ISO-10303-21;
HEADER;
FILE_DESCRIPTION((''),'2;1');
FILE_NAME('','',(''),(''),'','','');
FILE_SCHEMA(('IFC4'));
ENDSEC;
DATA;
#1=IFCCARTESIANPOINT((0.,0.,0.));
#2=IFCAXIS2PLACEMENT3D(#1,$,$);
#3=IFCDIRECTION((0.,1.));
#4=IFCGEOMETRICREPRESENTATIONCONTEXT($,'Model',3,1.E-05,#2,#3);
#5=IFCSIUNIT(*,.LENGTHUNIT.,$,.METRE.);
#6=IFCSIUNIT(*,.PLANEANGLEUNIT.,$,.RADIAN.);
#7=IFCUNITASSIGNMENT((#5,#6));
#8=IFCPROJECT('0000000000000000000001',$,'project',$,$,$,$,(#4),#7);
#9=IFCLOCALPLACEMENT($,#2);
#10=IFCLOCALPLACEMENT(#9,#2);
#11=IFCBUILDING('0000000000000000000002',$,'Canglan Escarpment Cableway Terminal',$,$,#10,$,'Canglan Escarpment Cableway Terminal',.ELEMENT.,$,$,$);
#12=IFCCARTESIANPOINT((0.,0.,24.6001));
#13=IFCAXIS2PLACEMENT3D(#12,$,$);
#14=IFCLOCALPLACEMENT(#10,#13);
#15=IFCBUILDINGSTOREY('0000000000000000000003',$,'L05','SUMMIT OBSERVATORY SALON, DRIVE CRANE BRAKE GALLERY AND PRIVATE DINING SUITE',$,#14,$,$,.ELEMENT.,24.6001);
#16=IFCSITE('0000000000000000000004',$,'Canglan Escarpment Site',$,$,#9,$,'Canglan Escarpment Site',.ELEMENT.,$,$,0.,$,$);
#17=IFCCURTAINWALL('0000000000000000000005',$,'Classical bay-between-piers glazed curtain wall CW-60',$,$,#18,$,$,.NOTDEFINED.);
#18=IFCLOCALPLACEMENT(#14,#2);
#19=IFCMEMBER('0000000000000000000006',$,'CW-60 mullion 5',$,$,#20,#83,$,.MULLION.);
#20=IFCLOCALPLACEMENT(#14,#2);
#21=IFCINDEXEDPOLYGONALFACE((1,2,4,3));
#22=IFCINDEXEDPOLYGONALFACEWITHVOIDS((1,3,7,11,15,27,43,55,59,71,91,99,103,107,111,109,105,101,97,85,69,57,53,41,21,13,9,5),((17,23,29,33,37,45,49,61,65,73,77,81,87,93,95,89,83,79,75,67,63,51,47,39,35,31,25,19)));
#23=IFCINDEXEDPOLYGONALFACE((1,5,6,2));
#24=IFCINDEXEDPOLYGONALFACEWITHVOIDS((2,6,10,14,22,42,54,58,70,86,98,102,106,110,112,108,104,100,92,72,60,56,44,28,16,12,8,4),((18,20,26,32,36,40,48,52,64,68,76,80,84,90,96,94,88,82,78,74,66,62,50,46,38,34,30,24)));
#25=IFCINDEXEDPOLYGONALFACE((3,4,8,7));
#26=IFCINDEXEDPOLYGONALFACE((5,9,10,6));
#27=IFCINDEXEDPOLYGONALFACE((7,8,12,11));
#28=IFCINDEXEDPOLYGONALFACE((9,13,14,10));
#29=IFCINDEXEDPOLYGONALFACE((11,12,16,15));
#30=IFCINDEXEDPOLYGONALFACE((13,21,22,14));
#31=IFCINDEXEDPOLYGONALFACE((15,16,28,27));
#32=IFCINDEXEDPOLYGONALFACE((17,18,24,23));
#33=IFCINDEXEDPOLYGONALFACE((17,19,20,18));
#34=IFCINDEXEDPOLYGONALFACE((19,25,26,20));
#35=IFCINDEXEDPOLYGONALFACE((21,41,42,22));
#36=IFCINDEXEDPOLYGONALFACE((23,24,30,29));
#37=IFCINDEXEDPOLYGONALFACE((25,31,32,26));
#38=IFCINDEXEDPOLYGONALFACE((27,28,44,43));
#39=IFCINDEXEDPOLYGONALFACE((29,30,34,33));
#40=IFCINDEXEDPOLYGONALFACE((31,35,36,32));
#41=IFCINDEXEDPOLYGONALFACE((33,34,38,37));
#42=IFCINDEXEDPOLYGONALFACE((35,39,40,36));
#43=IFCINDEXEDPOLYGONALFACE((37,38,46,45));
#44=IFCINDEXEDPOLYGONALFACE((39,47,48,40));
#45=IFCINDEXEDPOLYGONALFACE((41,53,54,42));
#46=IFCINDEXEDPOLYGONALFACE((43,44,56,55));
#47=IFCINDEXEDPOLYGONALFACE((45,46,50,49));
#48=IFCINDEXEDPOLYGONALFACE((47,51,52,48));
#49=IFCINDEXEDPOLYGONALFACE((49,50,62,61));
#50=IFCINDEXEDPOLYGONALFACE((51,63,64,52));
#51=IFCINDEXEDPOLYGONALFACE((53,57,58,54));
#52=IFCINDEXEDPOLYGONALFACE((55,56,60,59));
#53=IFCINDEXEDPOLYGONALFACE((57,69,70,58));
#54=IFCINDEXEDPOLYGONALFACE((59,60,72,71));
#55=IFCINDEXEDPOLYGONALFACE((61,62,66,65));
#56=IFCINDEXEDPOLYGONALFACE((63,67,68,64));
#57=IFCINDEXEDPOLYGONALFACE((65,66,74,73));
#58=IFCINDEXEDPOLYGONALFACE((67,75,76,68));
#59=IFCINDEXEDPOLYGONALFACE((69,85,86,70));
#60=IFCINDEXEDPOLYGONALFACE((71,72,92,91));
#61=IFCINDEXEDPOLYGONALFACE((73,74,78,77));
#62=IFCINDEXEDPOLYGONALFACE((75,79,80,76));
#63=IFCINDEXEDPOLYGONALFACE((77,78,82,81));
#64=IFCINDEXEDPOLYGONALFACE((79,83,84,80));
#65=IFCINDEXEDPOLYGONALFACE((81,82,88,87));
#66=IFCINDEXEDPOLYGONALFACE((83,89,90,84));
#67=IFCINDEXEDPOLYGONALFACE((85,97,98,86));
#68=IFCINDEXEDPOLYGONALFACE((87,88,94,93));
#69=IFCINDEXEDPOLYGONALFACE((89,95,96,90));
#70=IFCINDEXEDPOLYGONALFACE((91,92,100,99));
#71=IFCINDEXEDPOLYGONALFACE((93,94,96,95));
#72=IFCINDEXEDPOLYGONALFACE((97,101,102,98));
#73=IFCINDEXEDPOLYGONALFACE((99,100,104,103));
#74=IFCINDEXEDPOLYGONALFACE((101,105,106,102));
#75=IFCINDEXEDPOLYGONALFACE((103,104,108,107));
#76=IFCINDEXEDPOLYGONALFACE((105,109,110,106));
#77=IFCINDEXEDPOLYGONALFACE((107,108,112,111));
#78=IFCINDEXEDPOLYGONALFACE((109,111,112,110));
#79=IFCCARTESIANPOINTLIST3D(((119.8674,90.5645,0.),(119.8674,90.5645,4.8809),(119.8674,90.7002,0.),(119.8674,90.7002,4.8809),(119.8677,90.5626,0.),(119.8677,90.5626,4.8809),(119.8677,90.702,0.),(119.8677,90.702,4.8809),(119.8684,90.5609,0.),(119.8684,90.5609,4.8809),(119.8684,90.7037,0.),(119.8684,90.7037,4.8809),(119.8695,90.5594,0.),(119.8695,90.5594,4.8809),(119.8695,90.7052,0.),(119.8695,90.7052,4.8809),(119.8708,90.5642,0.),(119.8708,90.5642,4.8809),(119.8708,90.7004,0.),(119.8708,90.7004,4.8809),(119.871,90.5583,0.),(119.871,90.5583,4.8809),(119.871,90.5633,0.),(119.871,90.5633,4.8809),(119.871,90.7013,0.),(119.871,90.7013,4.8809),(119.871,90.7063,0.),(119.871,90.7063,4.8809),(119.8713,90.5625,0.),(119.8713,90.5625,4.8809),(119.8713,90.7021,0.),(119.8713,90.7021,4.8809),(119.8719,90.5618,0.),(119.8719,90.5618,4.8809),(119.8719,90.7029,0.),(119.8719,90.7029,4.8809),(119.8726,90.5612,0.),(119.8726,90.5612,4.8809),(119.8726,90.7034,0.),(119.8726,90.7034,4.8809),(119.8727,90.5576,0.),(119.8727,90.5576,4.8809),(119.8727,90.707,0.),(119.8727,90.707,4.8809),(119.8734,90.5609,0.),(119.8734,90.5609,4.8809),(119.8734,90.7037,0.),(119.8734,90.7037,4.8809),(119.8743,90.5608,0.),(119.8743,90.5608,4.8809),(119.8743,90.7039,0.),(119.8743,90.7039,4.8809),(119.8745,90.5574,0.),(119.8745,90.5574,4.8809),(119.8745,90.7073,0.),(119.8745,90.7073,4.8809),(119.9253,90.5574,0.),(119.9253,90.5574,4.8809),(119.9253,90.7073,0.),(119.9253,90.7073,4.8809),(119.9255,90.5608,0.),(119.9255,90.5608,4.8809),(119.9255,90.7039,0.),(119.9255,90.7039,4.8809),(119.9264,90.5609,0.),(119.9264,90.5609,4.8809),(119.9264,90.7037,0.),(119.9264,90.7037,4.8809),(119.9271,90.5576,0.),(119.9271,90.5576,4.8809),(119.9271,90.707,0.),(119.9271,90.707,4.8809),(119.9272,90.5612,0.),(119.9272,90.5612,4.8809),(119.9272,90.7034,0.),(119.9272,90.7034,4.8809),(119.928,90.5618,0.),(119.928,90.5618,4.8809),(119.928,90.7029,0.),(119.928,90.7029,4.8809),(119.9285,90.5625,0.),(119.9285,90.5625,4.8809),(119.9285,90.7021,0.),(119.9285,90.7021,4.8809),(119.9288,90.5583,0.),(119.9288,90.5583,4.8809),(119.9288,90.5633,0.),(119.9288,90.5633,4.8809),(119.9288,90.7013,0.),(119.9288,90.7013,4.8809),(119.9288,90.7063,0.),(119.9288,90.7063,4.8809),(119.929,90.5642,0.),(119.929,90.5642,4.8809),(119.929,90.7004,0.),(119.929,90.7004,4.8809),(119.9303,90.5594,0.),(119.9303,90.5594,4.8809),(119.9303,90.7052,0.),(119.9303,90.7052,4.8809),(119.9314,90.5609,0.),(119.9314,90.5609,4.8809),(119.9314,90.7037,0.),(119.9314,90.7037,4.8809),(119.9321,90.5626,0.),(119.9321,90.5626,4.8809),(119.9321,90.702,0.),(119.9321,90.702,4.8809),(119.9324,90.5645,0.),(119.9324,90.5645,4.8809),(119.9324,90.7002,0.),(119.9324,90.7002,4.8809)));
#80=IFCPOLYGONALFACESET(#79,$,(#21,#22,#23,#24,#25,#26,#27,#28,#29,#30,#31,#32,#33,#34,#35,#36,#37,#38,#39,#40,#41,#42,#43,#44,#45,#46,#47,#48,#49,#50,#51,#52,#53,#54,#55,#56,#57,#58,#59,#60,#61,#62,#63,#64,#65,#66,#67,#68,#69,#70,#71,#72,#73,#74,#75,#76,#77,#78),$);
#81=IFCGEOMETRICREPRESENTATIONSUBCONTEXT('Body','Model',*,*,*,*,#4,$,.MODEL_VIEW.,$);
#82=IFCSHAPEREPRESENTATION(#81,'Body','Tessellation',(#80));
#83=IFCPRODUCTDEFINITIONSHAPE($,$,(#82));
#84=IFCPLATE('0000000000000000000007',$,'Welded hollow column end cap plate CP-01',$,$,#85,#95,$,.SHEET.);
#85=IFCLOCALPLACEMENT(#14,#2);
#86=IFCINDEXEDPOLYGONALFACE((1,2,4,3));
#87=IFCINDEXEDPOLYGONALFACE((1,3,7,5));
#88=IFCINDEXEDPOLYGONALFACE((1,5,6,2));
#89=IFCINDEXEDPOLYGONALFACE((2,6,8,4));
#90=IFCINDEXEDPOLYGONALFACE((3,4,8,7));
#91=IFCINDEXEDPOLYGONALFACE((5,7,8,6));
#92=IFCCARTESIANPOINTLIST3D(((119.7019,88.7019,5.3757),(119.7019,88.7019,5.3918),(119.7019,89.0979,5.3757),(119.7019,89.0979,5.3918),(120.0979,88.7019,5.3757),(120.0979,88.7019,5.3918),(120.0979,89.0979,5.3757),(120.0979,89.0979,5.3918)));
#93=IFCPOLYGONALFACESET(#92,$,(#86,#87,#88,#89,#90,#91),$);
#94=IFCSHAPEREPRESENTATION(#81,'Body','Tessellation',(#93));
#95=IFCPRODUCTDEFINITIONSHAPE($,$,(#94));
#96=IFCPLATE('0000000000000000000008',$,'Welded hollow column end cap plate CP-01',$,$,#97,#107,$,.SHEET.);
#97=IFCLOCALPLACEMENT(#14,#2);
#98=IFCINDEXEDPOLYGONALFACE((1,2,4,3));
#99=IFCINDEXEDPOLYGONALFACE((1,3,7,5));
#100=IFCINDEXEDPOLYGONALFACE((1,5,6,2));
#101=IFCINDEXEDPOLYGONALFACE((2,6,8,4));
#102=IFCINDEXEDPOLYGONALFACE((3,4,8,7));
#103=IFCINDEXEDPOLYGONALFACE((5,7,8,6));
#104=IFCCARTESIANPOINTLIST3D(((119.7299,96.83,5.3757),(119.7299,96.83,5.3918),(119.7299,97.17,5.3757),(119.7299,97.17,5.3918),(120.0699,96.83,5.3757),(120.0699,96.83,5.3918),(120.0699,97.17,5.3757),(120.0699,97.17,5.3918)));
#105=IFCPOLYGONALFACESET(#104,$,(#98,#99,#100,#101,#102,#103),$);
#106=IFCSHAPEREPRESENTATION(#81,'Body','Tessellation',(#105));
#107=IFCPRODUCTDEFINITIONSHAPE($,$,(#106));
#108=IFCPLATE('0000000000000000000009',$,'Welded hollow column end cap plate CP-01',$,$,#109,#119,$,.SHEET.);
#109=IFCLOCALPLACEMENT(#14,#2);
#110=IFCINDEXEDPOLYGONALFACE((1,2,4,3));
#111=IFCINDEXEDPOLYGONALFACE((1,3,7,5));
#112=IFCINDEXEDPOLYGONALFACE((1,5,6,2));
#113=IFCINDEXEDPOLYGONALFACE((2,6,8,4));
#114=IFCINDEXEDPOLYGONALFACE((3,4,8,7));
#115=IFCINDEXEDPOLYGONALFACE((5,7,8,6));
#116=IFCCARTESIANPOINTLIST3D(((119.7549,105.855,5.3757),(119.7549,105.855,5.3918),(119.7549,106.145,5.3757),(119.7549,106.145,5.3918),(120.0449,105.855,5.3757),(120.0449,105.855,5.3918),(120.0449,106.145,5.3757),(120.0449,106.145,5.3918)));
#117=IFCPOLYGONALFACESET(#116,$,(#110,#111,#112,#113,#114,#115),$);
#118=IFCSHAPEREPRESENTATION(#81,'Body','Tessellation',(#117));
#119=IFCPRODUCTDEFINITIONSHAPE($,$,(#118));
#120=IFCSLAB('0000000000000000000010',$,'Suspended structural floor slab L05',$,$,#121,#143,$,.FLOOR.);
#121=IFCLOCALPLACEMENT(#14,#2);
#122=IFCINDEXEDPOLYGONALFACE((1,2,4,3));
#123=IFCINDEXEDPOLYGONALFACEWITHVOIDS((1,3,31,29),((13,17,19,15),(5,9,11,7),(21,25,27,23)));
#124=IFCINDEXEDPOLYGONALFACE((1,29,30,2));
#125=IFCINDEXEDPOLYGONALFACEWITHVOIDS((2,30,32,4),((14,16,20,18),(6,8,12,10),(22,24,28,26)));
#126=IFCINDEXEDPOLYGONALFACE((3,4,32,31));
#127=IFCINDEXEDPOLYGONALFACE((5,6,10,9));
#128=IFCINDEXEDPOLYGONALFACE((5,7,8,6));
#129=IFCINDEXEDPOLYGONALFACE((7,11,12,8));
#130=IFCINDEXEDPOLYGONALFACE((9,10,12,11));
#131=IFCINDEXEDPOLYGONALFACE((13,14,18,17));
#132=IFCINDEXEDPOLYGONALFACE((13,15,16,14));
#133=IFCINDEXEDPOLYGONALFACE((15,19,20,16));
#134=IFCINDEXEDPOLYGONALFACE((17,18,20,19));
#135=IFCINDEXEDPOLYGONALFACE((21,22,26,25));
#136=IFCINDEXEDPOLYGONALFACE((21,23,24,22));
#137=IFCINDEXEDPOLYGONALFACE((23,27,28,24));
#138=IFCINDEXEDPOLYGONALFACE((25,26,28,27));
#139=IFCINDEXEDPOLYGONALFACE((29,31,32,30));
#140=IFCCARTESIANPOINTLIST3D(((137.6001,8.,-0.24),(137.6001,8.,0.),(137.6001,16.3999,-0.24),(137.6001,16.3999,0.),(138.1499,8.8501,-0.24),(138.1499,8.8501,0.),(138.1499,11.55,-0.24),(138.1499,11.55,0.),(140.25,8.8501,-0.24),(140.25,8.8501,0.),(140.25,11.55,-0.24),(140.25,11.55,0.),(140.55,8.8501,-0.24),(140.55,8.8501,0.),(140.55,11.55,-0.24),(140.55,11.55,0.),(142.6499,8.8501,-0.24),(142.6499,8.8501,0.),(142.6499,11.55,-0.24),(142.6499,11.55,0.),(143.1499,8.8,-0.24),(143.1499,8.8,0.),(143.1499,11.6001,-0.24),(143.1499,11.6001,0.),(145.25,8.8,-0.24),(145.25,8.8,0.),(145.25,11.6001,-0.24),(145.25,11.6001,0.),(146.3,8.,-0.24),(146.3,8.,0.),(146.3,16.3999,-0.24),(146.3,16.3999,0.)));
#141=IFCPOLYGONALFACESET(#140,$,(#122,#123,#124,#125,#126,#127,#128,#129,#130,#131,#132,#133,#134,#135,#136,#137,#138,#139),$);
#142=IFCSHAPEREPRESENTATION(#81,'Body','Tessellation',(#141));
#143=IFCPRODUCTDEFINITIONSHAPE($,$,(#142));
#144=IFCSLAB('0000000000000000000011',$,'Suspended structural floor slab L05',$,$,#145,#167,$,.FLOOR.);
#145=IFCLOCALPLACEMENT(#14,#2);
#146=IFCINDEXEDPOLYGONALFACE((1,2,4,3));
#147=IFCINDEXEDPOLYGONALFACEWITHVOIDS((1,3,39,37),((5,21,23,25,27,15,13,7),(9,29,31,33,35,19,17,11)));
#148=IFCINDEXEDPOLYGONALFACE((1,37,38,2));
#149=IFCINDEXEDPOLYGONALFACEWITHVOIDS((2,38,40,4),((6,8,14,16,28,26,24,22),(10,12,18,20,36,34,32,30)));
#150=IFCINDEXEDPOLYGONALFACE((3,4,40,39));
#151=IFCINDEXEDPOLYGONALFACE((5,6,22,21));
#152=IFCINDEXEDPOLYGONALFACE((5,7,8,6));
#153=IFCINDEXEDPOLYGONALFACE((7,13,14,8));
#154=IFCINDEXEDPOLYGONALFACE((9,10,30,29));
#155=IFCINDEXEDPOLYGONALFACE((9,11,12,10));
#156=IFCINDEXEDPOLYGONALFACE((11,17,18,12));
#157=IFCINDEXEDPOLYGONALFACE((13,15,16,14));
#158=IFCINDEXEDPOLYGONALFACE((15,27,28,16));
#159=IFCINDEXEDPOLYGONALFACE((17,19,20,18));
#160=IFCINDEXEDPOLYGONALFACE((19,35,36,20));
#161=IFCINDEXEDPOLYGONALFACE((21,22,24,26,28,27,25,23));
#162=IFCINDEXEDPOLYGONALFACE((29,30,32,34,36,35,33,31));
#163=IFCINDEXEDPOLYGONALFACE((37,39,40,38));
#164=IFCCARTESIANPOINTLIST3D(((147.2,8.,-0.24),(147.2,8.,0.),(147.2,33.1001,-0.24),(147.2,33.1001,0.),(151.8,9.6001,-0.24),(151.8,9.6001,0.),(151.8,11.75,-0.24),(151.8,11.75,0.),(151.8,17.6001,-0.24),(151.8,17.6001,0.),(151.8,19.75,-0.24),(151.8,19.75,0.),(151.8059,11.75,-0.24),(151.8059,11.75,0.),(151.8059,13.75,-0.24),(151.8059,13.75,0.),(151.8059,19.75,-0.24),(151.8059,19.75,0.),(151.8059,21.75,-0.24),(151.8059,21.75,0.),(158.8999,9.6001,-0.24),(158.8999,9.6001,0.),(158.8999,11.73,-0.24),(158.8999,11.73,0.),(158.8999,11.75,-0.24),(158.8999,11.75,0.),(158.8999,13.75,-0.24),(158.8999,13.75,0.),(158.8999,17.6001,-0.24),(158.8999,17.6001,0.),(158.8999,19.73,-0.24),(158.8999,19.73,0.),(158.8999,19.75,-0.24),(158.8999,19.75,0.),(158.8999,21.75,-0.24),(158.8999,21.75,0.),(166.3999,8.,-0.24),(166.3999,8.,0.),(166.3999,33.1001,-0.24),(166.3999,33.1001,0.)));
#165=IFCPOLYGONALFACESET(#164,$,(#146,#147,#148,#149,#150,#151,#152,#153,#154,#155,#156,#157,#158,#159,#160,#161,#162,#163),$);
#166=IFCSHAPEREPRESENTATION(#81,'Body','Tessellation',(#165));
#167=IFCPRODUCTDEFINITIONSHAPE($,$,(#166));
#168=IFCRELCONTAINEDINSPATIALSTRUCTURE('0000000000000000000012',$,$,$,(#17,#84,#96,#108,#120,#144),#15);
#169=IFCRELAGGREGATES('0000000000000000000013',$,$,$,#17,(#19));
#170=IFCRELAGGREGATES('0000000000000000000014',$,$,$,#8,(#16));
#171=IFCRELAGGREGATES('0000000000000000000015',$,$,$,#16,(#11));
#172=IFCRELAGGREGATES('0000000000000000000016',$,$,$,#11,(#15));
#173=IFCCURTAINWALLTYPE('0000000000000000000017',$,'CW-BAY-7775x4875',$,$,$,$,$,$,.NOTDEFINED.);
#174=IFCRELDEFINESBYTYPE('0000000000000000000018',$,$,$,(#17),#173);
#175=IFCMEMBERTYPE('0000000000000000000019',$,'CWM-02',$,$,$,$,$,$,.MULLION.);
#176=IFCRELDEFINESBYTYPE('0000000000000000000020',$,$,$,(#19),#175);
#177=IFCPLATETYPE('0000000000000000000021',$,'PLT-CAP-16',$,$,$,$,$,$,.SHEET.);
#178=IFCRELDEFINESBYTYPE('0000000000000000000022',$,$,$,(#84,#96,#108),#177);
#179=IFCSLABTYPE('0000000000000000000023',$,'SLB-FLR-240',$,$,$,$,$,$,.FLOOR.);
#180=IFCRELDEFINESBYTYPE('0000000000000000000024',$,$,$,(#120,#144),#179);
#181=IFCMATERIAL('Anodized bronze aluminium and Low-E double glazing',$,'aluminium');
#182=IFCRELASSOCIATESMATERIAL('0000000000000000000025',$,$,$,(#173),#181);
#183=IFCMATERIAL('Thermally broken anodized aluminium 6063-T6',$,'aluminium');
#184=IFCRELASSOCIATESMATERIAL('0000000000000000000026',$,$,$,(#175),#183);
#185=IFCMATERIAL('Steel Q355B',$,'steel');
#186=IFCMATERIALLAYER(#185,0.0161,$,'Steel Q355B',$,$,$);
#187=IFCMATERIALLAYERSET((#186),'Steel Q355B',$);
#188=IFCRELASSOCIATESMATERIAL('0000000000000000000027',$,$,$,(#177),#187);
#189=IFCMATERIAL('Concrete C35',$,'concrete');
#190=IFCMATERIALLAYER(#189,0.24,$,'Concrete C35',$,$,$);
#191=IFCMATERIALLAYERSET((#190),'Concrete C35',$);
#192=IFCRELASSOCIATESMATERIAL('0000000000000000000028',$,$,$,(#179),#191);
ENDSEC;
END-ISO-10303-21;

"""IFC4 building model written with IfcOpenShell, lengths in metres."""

from ifc_helpers import new_model, si_unit, direction, frame, origin, origin_2d, place, context, subcontext, project, spatial, polyline, rectangle, hollow_rectangle, outline, extrude, material, layer, layer_set, material_profile, profile_set, type_object, element, aggregate, save


model = new_model("IFC4")

# Units and contexts
model_context = context("Model", 3, precision=1e-05, world=origin(), true_north=direction((0.0, 1.0)))
body_context = subcontext(model_context, "Body", "Model", "MODEL_VIEW")
ifc_project = project(units=[si_unit("LENGTHUNIT", "METRE"), si_unit("PLANEANGLEUNIT", "RADIAN")], contexts=[model_context])

# Site, building, storey
site_placement = place(None, origin())
site = spatial("IfcSite", under=ifc_project, at=site_placement, Name="Canglan Escarpment Site", LongName="Canglan Escarpment Site", CompositionType="ELEMENT", RefElevation=0.0)
building_placement = place(site_placement, origin())
building = spatial("IfcBuilding", under=site, at=building_placement, Name="Canglan Escarpment Cableway Terminal", LongName="Canglan Escarpment Cableway Terminal", CompositionType="ELEMENT")
storey_placement = place(building_placement, frame((0.0, 0.0, 24.6001)))
storey = spatial("IfcBuildingStorey", under=building, at=storey_placement, Name="L05", Description="SUMMIT OBSERVATORY SALON, DRIVE CRANE BRAKE GALLERY AND PRIVATE DINING SUITE", CompositionType="ELEMENT", Elevation=24.6001)

# Shared definitions
ifc_material_1 = material(Name="Steel Q355B", Category="steel")

# Curtain wall, member
ifc_material_2 = material(Name="Anodized bronze aluminium and Low-E double glazing", Category="aluminium")
curtain_wall_type = type_object("IfcCurtainWallType", Name="CW-BAY-7775x4875", PredefinedType="NOTDEFINED", material=ifc_material_2)
curtain_wall_placement = place(storey_placement, origin())
curtain_wall = element("IfcCurtainWall", 1, at=curtain_wall_placement, inside=storey, type_object=curtain_wall_type, Name="Classical bay-between-piers glazed curtain wall CW-60", PredefinedType="NOTDEFINED")
ifc_material_3 = material(Name="Thermally broken anodized aluminium 6063-T6", Category="aluminium")
ifc_material_profile_1 = material_profile(ifc_material_3, hollow_rectangle(XDim=0.0649, YDim=0.1499, WallThickness=0.0034, InnerFilletRadius=0.0034, OuterFilletRadius=0.0071, at=origin_2d()), Name="ALU-MULL 65x150x3.5")
ifc_profile_set_1 = profile_set([ifc_material_profile_1], Name="Thermally broken anodized aluminium 6063-T6")
member_type = type_object("IfcMemberType", Name="CWM-02", PredefinedType="MULLION", material=ifc_profile_set_1)
member_1_placement = place(storey_placement, frame((119.8999, 90.6323, 0.0), z_axis=(0.0, 0.0, 1.0), x_axis=(1.0, 0.0, 0.0)))
member_1 = element("IfcMember", 2, at=member_1_placement, type_object=member_type, Name="CW-60 mullion 5", PredefinedType="MULLION", context=body_context, shape_type="SweptSolid", body=[
    extrude(hollow_rectangle(XDim=0.0649, YDim=0.1499, WallThickness=0.0034, InnerFilletRadius=0.0034, OuterFilletRadius=0.0071, at=origin_2d()), origin(), (0.0, 0.0, 1.0), 4.8809),
])
aggregate(curtain_wall, [member_1])

# Plates
ifc_layer_1 = layer(ifc_material_1, 0.0161, Name="Steel Q355B")
ifc_layer_set_1 = layer_set([ifc_layer_1], Name="Steel Q355B")
plate_type = type_object("IfcPlateType", Name="PLT-CAP-16", PredefinedType="SHEET", material=ifc_layer_set_1)
plate_1_placement = place(storey_placement, frame((119.8999, 88.8999, 5.3757), z_axis=(0.0, 0.0, 1.0), x_axis=(1.0, 0.0, 0.0)))
element("IfcPlate", 3, at=plate_1_placement, inside=storey, type_object=plate_type, Name="Welded hollow column end cap plate CP-01", PredefinedType="SHEET", context=body_context, shape_type="SweptSolid", body=[
    extrude(rectangle(XDim=0.396, YDim=0.396, at=origin_2d()), origin(), (0.0, 0.0, 1.0), 0.0161),
])
plate_2_placement = place(storey_placement, frame((119.8999, 97.0, 5.3757), z_axis=(0.0, 0.0, 1.0), x_axis=(1.0, 0.0, 0.0)))
element("IfcPlate", 4, at=plate_2_placement, inside=storey, type_object=plate_type, Name="Welded hollow column end cap plate CP-01", PredefinedType="SHEET", context=body_context, shape_type="SweptSolid", body=[
    extrude(rectangle(XDim=0.3401, YDim=0.3401, at=origin_2d()), origin(), (0.0, 0.0, 1.0), 0.0161),
])
plate_3_placement = place(storey_placement, frame((119.8999, 106.0, 5.3757), z_axis=(0.0, 0.0, 1.0), x_axis=(1.0, 0.0, 0.0)))
element("IfcPlate", 5, at=plate_3_placement, inside=storey, type_object=plate_type, Name="Welded hollow column end cap plate CP-01", PredefinedType="SHEET", context=body_context, shape_type="SweptSolid", body=[
    extrude(rectangle(XDim=0.29, YDim=0.29, at=origin_2d()), origin(), (0.0, 0.0, 1.0), 0.0161),
])

# Slabs
ifc_material_4 = material(Name="Concrete C35", Category="concrete")
ifc_layer_2 = layer(ifc_material_4, 0.24, Name="Concrete C35")
ifc_layer_set_2 = layer_set([ifc_layer_2], Name="Concrete C35")
slab_type_1 = type_object("IfcSlabType", Name="SLB-FLR-240", PredefinedType="FLOOR", material=ifc_layer_set_2)
slab_1_placement = place(storey_placement, frame((0.0, 0.0, -0.24)))
element("IfcSlab", 6, at=slab_1_placement, inside=storey, type_object=slab_type_1, Name="Suspended structural floor slab L05", PredefinedType="FLOOR", context=body_context, shape_type="SweptSolid", body=[
    extrude(outline(polyline([(137.6001, 8.0), (146.3, 8.0), (146.3, 16.3999), (137.6001, 16.3999), (137.6001, 8.0)]), holes=[polyline([(138.1499, 8.8501), (138.1499, 11.55), (140.25, 11.55), (140.25, 8.8501), (138.1499, 8.8501)]), polyline([(140.55, 11.55), (142.6499, 11.55), (142.6499, 8.8501), (140.55, 8.8501), (140.55, 11.55)]), polyline([(143.1499, 11.6001), (145.25, 11.6001), (145.25, 8.8), (143.1499, 8.8), (143.1499, 11.6001)])]), origin(), (0.0, 0.0, 1.0), 0.24),
])
slab_2_placement = place(storey_placement, frame((0.0, 0.0, -0.24)))
element("IfcSlab", 7, at=slab_2_placement, inside=storey, type_object=slab_type_1, Name="Suspended structural floor slab L05", PredefinedType="FLOOR", context=body_context, shape_type="SweptSolid", body=[
    extrude(outline(polyline([(147.2, 8.0), (166.3999, 8.0), (166.3999, 33.1001), (147.2, 33.1001), (147.2, 8.0)]), holes=[polyline([(151.8, 9.6001), (151.8, 11.75), (151.8059, 11.75), (151.8059, 13.75), (158.8999, 13.75), (158.8999, 11.75), (158.8999, 11.73), (158.8999, 9.6001), (151.8, 9.6001)]), polyline([(151.8, 17.6001), (151.8, 19.75), (151.8059, 19.75), (151.8059, 21.75), (158.8999, 21.75), (158.8999, 19.75), (158.8999, 19.73), (158.8999, 17.6001), (151.8, 17.6001)])]), origin(), (0.0, 0.0, 1.0), 0.24),
])

save(model, "model.ifc")
